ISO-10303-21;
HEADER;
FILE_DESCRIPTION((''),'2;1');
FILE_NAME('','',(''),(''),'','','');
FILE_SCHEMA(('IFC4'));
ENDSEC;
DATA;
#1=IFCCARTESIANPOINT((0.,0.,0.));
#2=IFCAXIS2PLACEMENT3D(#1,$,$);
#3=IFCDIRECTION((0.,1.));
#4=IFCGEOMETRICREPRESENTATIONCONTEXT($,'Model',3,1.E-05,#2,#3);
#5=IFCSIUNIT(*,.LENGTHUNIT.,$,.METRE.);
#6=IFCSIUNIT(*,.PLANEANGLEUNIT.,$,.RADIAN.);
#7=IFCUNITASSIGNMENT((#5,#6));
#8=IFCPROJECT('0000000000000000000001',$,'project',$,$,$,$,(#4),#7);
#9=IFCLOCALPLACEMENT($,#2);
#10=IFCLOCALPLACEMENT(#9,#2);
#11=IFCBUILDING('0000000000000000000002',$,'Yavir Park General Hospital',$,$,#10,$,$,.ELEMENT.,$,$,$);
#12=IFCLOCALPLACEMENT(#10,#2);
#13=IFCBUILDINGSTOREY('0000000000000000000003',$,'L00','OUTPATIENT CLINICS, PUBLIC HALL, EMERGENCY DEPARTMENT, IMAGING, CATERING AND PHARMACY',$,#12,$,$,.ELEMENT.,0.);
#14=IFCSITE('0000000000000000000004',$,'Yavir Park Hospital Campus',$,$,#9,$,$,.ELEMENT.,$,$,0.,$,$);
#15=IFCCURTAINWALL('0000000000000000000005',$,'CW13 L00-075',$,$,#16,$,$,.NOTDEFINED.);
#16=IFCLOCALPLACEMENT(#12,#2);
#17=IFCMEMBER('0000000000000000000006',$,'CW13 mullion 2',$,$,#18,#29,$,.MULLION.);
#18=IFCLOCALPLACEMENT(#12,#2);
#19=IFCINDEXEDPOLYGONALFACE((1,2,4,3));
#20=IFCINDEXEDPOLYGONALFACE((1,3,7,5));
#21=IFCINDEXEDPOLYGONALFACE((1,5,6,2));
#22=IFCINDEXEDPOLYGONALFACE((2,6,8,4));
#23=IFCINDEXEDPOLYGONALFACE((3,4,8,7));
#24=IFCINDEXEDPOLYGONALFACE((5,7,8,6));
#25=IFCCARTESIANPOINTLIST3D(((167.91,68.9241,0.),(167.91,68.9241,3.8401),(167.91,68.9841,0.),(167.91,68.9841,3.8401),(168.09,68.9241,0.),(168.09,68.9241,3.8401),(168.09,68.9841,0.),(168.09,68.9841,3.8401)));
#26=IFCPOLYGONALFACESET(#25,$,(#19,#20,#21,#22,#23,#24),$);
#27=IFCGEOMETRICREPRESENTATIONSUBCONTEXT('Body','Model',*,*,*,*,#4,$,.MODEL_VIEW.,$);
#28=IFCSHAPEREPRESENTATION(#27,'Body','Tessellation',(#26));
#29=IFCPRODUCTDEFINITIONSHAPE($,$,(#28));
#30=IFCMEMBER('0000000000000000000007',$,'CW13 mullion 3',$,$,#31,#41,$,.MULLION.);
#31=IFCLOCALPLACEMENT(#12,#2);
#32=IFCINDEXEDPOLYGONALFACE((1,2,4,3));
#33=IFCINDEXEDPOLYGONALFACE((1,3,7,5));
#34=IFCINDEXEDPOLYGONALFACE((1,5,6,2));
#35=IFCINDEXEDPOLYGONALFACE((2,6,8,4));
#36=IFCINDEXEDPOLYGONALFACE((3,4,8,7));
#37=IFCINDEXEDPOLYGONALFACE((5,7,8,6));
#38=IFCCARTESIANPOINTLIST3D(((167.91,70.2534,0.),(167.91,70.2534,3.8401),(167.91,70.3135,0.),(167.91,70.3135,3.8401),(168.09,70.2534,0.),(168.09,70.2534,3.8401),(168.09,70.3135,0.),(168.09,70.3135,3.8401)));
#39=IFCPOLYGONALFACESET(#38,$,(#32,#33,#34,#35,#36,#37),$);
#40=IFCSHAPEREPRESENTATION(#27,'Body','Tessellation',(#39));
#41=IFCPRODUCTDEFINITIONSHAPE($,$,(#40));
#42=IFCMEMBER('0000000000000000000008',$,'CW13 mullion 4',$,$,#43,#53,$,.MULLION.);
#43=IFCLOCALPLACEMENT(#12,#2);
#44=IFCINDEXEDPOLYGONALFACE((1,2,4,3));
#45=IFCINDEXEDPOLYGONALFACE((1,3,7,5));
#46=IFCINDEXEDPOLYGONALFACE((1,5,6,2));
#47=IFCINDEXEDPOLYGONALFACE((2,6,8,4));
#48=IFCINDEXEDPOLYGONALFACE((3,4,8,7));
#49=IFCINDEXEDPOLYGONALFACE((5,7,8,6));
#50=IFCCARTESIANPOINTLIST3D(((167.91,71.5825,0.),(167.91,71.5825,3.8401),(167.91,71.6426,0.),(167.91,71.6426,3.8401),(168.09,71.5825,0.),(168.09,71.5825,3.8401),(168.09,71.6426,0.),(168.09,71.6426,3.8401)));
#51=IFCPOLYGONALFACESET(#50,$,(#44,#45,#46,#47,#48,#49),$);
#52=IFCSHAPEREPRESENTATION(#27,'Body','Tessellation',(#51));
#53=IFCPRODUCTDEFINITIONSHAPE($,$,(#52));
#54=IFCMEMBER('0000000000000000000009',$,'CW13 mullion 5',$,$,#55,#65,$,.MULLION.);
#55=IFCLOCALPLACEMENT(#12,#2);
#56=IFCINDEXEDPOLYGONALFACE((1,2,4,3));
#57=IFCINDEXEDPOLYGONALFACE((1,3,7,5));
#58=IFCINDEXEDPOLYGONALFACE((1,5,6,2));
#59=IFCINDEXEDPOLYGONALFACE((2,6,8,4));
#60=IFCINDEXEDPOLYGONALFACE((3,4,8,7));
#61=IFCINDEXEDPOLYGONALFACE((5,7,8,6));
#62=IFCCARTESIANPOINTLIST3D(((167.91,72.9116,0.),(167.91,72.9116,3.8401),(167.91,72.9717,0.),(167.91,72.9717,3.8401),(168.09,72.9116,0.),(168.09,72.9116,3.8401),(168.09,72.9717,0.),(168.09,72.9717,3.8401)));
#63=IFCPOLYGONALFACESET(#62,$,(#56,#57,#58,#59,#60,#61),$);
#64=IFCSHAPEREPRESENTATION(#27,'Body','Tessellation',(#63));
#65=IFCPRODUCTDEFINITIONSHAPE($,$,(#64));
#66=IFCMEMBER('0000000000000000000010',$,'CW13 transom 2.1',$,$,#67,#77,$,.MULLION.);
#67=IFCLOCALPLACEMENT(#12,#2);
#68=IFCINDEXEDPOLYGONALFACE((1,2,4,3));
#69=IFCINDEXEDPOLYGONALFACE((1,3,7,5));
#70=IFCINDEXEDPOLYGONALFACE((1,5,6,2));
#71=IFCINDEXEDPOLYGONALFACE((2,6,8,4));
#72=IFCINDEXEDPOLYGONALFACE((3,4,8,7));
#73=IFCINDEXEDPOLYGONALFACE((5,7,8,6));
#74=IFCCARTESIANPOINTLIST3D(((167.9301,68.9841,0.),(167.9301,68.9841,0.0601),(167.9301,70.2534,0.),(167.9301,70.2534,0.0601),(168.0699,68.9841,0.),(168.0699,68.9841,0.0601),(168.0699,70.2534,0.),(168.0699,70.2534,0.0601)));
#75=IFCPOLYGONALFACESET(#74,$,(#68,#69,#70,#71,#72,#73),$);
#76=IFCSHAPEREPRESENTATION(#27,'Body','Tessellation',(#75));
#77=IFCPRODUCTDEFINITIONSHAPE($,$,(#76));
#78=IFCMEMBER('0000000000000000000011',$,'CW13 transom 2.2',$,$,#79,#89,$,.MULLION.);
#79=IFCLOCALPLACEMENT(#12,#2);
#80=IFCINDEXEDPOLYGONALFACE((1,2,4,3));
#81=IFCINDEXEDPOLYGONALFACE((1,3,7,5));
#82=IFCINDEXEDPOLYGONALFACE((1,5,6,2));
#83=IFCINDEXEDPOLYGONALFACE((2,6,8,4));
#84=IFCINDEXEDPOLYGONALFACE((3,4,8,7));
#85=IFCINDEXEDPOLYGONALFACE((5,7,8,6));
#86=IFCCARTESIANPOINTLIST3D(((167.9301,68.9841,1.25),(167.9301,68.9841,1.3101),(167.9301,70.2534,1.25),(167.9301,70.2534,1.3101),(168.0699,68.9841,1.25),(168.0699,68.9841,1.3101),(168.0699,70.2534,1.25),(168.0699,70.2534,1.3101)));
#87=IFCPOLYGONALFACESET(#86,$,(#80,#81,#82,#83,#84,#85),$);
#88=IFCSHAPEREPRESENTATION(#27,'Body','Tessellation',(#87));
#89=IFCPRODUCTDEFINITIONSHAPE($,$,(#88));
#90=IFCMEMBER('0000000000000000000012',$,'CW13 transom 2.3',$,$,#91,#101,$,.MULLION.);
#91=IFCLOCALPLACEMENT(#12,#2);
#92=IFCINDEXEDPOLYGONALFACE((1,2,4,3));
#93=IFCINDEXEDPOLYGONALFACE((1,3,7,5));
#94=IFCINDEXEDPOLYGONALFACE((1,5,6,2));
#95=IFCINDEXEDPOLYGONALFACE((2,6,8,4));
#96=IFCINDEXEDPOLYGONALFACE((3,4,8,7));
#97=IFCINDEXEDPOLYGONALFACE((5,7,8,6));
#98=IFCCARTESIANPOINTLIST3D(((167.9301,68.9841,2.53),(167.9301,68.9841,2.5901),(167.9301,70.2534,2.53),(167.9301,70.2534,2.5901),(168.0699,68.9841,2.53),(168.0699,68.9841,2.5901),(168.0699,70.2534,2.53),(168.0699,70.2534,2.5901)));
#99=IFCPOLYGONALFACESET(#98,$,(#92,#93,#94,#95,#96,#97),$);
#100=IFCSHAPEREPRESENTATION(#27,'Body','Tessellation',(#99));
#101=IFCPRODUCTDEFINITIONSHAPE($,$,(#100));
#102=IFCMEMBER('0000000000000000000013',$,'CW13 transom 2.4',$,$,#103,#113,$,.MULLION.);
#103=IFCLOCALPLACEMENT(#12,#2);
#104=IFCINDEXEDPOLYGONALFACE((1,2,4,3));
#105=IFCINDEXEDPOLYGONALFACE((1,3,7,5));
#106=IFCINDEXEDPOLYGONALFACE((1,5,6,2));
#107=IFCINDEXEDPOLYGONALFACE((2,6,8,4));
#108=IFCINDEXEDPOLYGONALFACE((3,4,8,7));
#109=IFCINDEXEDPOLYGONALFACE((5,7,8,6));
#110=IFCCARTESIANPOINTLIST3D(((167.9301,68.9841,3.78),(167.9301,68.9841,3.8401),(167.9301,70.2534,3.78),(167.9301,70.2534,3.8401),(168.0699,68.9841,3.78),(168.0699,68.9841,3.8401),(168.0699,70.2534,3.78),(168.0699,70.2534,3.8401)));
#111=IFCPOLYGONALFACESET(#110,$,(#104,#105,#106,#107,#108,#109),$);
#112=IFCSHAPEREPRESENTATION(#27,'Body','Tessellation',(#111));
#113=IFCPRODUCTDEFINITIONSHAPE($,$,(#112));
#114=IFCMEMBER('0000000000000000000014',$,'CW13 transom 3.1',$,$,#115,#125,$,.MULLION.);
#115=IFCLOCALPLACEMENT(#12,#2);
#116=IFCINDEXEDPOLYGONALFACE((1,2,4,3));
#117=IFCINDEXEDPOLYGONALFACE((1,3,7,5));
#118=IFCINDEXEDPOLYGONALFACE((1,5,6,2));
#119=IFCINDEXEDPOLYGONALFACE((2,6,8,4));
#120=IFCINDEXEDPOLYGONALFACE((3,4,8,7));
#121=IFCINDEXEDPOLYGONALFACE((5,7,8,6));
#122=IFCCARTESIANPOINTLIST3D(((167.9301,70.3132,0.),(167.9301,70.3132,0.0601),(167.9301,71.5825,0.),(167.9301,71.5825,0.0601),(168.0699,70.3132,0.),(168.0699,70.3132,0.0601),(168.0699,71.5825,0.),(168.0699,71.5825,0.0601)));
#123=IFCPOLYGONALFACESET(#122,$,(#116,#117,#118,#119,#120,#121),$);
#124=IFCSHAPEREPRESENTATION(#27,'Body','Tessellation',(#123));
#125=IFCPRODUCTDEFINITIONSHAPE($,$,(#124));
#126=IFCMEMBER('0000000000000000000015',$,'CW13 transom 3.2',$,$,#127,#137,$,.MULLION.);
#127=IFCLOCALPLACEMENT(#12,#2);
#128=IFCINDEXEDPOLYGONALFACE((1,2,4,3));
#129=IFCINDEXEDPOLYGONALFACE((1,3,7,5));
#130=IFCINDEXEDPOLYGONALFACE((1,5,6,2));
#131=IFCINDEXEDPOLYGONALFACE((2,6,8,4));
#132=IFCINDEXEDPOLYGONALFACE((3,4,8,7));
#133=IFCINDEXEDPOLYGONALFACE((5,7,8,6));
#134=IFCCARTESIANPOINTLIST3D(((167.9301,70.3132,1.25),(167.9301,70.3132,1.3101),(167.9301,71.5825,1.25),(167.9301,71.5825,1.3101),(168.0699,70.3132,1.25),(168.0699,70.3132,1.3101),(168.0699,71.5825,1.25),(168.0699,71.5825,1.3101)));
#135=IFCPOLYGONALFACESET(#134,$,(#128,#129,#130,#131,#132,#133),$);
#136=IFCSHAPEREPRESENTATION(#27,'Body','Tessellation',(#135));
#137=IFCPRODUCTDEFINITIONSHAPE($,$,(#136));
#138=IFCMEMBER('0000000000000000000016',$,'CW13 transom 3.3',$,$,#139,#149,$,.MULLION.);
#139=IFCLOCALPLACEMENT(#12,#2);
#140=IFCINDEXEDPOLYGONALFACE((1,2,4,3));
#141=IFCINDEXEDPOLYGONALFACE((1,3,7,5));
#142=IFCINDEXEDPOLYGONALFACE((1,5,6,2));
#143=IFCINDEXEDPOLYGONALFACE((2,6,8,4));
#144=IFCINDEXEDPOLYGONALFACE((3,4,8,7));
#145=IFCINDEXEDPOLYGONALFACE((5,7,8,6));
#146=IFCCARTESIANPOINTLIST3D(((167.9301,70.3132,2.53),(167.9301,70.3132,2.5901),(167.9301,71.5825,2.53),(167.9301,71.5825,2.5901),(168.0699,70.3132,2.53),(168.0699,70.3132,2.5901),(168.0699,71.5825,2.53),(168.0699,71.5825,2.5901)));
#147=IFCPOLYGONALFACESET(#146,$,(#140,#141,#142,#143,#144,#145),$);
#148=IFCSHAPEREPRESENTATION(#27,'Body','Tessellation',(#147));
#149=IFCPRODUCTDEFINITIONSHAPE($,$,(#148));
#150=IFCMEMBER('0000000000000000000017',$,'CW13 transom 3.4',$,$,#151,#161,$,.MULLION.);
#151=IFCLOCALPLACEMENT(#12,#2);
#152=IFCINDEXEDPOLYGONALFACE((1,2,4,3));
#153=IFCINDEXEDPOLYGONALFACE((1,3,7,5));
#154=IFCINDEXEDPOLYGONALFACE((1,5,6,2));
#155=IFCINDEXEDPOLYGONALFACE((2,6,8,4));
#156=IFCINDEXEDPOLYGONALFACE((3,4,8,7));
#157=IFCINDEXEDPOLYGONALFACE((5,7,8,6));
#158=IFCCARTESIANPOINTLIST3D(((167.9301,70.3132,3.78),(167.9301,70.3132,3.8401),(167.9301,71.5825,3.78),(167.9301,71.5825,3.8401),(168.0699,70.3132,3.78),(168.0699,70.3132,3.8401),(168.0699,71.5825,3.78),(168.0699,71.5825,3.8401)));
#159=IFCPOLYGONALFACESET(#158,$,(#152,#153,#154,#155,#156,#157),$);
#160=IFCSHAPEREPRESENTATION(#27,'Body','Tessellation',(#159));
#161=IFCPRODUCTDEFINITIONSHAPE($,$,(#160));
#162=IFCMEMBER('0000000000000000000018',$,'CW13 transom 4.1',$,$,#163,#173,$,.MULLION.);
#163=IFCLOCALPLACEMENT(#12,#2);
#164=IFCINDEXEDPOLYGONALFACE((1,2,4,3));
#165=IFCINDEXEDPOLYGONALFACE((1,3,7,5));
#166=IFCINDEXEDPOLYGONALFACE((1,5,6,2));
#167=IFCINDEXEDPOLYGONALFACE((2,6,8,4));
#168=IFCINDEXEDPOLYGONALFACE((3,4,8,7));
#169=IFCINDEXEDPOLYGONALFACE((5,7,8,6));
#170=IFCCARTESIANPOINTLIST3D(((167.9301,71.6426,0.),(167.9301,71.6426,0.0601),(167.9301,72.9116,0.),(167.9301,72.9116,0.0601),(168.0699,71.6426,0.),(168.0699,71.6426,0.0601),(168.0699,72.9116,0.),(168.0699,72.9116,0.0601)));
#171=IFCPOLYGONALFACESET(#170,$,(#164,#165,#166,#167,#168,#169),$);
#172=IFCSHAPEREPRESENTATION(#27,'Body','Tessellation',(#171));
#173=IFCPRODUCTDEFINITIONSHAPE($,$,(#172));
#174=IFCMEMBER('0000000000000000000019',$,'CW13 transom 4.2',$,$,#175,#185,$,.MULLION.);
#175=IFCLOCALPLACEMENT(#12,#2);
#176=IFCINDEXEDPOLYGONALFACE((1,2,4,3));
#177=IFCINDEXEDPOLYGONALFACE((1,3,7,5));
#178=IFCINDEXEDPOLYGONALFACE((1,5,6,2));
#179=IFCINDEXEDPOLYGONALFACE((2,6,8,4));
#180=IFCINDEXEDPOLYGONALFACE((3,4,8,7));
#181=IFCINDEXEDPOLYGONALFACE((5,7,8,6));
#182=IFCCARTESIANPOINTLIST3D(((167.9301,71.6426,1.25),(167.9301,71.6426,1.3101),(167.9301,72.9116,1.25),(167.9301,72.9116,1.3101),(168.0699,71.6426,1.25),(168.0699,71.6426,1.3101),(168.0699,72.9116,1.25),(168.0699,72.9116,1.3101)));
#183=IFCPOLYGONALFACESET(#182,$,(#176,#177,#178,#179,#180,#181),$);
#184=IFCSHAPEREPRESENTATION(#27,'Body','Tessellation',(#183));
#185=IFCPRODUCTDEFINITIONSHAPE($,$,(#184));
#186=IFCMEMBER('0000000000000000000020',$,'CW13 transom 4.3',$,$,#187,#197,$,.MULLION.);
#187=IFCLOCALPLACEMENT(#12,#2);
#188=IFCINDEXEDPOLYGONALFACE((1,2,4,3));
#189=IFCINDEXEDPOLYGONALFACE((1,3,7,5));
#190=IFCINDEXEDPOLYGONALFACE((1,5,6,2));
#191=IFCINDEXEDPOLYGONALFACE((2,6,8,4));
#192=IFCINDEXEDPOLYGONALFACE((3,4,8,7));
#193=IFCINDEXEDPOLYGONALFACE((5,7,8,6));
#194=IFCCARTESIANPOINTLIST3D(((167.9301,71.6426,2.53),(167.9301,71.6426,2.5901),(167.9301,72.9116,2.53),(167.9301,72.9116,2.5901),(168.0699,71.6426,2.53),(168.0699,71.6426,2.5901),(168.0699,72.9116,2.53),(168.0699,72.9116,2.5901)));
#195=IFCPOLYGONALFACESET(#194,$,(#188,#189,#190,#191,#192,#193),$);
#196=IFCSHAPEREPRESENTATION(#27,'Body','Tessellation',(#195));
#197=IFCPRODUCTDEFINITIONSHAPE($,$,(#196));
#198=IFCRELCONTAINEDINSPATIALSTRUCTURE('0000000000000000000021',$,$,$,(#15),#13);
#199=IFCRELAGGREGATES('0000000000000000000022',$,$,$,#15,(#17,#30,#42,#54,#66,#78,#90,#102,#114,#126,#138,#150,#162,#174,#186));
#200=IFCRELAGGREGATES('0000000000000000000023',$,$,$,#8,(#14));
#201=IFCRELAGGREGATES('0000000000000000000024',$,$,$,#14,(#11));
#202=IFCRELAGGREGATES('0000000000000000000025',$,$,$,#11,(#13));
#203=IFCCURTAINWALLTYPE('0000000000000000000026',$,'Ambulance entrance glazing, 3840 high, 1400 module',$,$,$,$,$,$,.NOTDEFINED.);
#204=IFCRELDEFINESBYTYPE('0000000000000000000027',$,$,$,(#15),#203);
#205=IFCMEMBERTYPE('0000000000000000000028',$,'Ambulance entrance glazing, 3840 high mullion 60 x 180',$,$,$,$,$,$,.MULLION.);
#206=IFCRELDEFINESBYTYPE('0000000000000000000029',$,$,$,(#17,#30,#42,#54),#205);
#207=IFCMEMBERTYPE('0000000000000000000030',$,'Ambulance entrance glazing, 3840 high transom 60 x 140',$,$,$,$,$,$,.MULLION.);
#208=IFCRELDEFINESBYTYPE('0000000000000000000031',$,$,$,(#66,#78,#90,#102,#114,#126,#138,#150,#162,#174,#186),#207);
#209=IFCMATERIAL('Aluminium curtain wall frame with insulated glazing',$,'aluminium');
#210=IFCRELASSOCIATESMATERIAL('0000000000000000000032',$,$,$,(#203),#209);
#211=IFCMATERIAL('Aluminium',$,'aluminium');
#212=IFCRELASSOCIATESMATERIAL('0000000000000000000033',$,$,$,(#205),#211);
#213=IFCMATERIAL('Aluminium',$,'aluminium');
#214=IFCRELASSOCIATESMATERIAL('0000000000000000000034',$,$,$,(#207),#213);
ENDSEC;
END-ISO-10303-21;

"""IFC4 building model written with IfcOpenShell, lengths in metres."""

from ifc_helpers import new_model, si_unit, direction, frame, origin, origin_2d, place, context, subcontext, project, spatial, rectangle, extrude, material, material_profile, profile_set, type_object, element, aggregate, save


model = new_model("IFC4")

# Units and contexts
model_context = context("Model", 3, precision=1e-05, world=origin(), true_north=direction((0.0, 1.0)))
body_context = subcontext(model_context, "Body", "Model", "MODEL_VIEW")
ifc_project = project(units=[si_unit("LENGTHUNIT", "METRE"), si_unit("PLANEANGLEUNIT", "RADIAN")], contexts=[model_context])

# Site, building, storey
site_placement = place(None, origin())
site = spatial("IfcSite", under=ifc_project, at=site_placement, Name="Yavir Park Hospital Campus", CompositionType="ELEMENT", RefElevation=0.0)
building_placement = place(site_placement, origin())
building = spatial("IfcBuilding", under=site, at=building_placement, Name="Yavir Park General Hospital", CompositionType="ELEMENT")
storey_placement = place(building_placement, origin())
storey = spatial("IfcBuildingStorey", under=building, at=storey_placement, Name="L00", Description="OUTPATIENT CLINICS, PUBLIC HALL, EMERGENCY DEPARTMENT, IMAGING, CATERING AND PHARMACY", CompositionType="ELEMENT", Elevation=0.0)

# Curtain wall, members
ifc_material_1 = material(Name="Aluminium curtain wall frame with insulated glazing", Category="aluminium")
curtain_wall_type = type_object("IfcCurtainWallType", Name="Ambulance entrance glazing, 3840 high, 1400 module", PredefinedType="NOTDEFINED", material=ifc_material_1)
curtain_wall_placement = place(storey_placement, origin())
curtain_wall = element("IfcCurtainWall", 1, at=curtain_wall_placement, inside=storey, type_object=curtain_wall_type, Name="CW13 L00-075", PredefinedType="NOTDEFINED")
ifc_material_2 = material(Name="Aluminium", Category="aluminium")
ifc_material_profile_1 = material_profile(ifc_material_2, rectangle(XDim=0.1799, YDim=0.0601, at=origin_2d()), Name="AL 60x180")
ifc_profile_set_1 = profile_set([ifc_material_profile_1], Name="Aluminium")
member_type_1 = type_object("IfcMemberType", Name="Ambulance entrance glazing, 3840 high mullion 60 x 180", PredefinedType="MULLION", material=ifc_profile_set_1)
member_1_placement = place(storey_placement, frame((168.0, 68.9541, 0.0), z_axis=(0.0, 0.0, 1.0), x_axis=(-1.0, 0.0, 0.0)))
member_1 = element("IfcMember", 2, at=member_1_placement, type_object=member_type_1, Name="CW13 mullion 2", PredefinedType="MULLION", context=body_context, shape_type="SweptSolid", body=[
    extrude(rectangle(XDim=0.1799, YDim=0.0601, at=origin_2d()), origin(), (0.0, 0.0, 1.0), 3.8401),
])
member_2_placement = place(storey_placement, frame((168.0, 70.2834, 0.0), z_axis=(0.0, 0.0, 1.0), x_axis=(-1.0, 0.0, 0.0)))
member_2 = element("IfcMember", 3, at=member_2_placement, type_object=member_type_1, Name="CW13 mullion 3", PredefinedType="MULLION", context=body_context, shape_type="SweptSolid", body=[
    extrude(rectangle(XDim=0.1799, YDim=0.0601, at=origin_2d()), origin(), (0.0, 0.0, 1.0), 3.8401),
])
member_3_placement = place(storey_placement, frame((168.0, 71.6125, 0.0), z_axis=(0.0, 0.0, 1.0), x_axis=(-1.0, 0.0, 0.0)))
member_3 = element("IfcMember", 4, at=member_3_placement, type_object=member_type_1, Name="CW13 mullion 4", PredefinedType="MULLION", context=body_context, shape_type="SweptSolid", body=[
    extrude(rectangle(XDim=0.1799, YDim=0.0601, at=origin_2d()), origin(), (0.0, 0.0, 1.0), 3.8401),
])
member_4_placement = place(storey_placement, frame((168.0, 72.9417, 0.0), z_axis=(0.0, 0.0, 1.0), x_axis=(-1.0, 0.0, 0.0)))
member_4 = element("IfcMember", 5, at=member_4_placement, type_object=member_type_1, Name="CW13 mullion 5", PredefinedType="MULLION", context=body_context, shape_type="SweptSolid", body=[
    extrude(rectangle(XDim=0.1799, YDim=0.0601, at=origin_2d()), origin(), (0.0, 0.0, 1.0), 3.8401),
])
ifc_material_3 = material(Name="Aluminium", Category="aluminium")
ifc_material_profile_2 = material_profile(ifc_material_3, rectangle(XDim=0.1399, YDim=0.0601, at=origin_2d()), Name="AL 140x60")
ifc_profile_set_2 = profile_set([ifc_material_profile_2], Name="Aluminium")
member_type_2 = type_object("IfcMemberType", Name="Ambulance entrance glazing, 3840 high transom 60 x 140", PredefinedType="MULLION", material=ifc_profile_set_2)
member_5_placement = place(storey_placement, frame((168.0, 68.9841, 0.03), z_axis=(0.0, 1.0, 0.0), x_axis=(-1.0, 0.0, 0.0)))
member_5 = element("IfcMember", 6, at=member_5_placement, type_object=member_type_2, Name="CW13 transom 2.1", PredefinedType="MULLION", context=body_context, shape_type="SweptSolid", body=[
    extrude(rectangle(XDim=0.1399, YDim=0.0601, at=origin_2d()), origin(), (0.0, 0.0, 1.0), 1.2693),
])
member_6_placement = place(storey_placement, frame((168.0, 68.9841, 1.28), z_axis=(0.0, 1.0, 0.0), x_axis=(-1.0, 0.0, 0.0)))
member_6 = element("IfcMember", 7, at=member_6_placement, type_object=member_type_2, Name="CW13 transom 2.2", PredefinedType="MULLION", context=body_context, shape_type="SweptSolid", body=[
    extrude(rectangle(XDim=0.1399, YDim=0.0601, at=origin_2d()), origin(), (0.0, 0.0, 1.0), 1.2693),
])
member_7_placement = place(storey_placement, frame((168.0, 68.9841, 2.5601), z_axis=(0.0, 1.0, 0.0), x_axis=(-1.0, 0.0, 0.0)))
member_7 = element("IfcMember", 8, at=member_7_placement, type_object=member_type_2, Name="CW13 transom 2.3", PredefinedType="MULLION", context=body_context, shape_type="SweptSolid", body=[
    extrude(rectangle(XDim=0.1399, YDim=0.0601, at=origin_2d()), origin(), (0.0, 0.0, 1.0), 1.2693),
])
member_8_placement = place(storey_placement, frame((168.0, 68.9841, 3.8101), z_axis=(0.0, 1.0, 0.0), x_axis=(-1.0, 0.0, 0.0)))
member_8 = element("IfcMember", 9, at=member_8_placement, type_object=member_type_2, Name="CW13 transom 2.4", PredefinedType="MULLION", context=body_context, shape_type="SweptSolid", body=[
    extrude(rectangle(XDim=0.1399, YDim=0.0601, at=origin_2d()), origin(), (0.0, 0.0, 1.0), 1.2693),
])
member_9_placement = place(storey_placement, frame((168.0, 70.3132, 0.03), z_axis=(0.0, 1.0, 0.0), x_axis=(-1.0, 0.0, 0.0)))
member_9 = element("IfcMember", 10, at=member_9_placement, type_object=member_type_2, Name="CW13 transom 3.1", PredefinedType="MULLION", context=body_context, shape_type="SweptSolid", body=[
    extrude(rectangle(XDim=0.1399, YDim=0.0601, at=origin_2d()), origin(), (0.0, 0.0, 1.0), 1.2693),
])
member_10_placement = place(storey_placement, frame((168.0, 70.3132, 1.28), z_axis=(0.0, 1.0, 0.0), x_axis=(-1.0, 0.0, 0.0)))
member_10 = element("IfcMember", 11, at=member_10_placement, type_object=member_type_2, Name="CW13 transom 3.2", PredefinedType="MULLION", context=body_context, shape_type="SweptSolid", body=[
    extrude(rectangle(XDim=0.1399, YDim=0.0601, at=origin_2d()), origin(), (0.0, 0.0, 1.0), 1.2693),
])
member_11_placement = place(storey_placement, frame((168.0, 70.3132, 2.5601), z_axis=(0.0, 1.0, 0.0), x_axis=(-1.0, 0.0, 0.0)))
member_11 = element("IfcMember", 12, at=member_11_placement, type_object=member_type_2, Name="CW13 transom 3.3", PredefinedType="MULLION", context=body_context, shape_type="SweptSolid", body=[
    extrude(rectangle(XDim=0.1399, YDim=0.0601, at=origin_2d()), origin(), (0.0, 0.0, 1.0), 1.2693),
])
member_12_placement = place(storey_placement, frame((168.0, 70.3132, 3.8101), z_axis=(0.0, 1.0, 0.0), x_axis=(-1.0, 0.0, 0.0)))
member_12 = element("IfcMember", 13, at=member_12_placement, type_object=member_type_2, Name="CW13 transom 3.4", PredefinedType="MULLION", context=body_context, shape_type="SweptSolid", body=[
    extrude(rectangle(XDim=0.1399, YDim=0.0601, at=origin_2d()), origin(), (0.0, 0.0, 1.0), 1.2693),
])
member_13_placement = place(storey_placement, frame((168.0, 71.6426, 0.03), z_axis=(0.0, 1.0, 0.0), x_axis=(-1.0, 0.0, 0.0)))
member_13 = element("IfcMember", 14, at=member_13_placement, type_object=member_type_2, Name="CW13 transom 4.1", PredefinedType="MULLION", context=body_context, shape_type="SweptSolid", body=[
    extrude(rectangle(XDim=0.1399, YDim=0.0601, at=origin_2d()), origin(), (0.0, 0.0, 1.0), 1.269),
])
member_14_placement = place(storey_placement, frame((168.0, 71.6426, 1.28), z_axis=(0.0, 1.0, 0.0), x_axis=(-1.0, 0.0, 0.0)))
member_14 = element("IfcMember", 15, at=member_14_placement, type_object=member_type_2, Name="CW13 transom 4.2", PredefinedType="MULLION", context=body_context, shape_type="SweptSolid", body=[
    extrude(rectangle(XDim=0.1399, YDim=0.0601, at=origin_2d()), origin(), (0.0, 0.0, 1.0), 1.269),
])
member_15_placement = place(storey_placement, frame((168.0, 71.6426, 2.5601), z_axis=(0.0, 1.0, 0.0), x_axis=(-1.0, 0.0, 0.0)))
member_15 = element("IfcMember", 16, at=member_15_placement, type_object=member_type_2, Name="CW13 transom 4.3", PredefinedType="MULLION", context=body_context, shape_type="SweptSolid", body=[
    extrude(rectangle(XDim=0.1399, YDim=0.0601, at=origin_2d()), origin(), (0.0, 0.0, 1.0), 1.269),
])
aggregate(curtain_wall, [member_1, member_2, member_3, member_4, member_5, member_6, member_7, member_8, member_9, member_10, member_11, member_12, member_13, member_14, member_15])

save(model, "model.ifc")
